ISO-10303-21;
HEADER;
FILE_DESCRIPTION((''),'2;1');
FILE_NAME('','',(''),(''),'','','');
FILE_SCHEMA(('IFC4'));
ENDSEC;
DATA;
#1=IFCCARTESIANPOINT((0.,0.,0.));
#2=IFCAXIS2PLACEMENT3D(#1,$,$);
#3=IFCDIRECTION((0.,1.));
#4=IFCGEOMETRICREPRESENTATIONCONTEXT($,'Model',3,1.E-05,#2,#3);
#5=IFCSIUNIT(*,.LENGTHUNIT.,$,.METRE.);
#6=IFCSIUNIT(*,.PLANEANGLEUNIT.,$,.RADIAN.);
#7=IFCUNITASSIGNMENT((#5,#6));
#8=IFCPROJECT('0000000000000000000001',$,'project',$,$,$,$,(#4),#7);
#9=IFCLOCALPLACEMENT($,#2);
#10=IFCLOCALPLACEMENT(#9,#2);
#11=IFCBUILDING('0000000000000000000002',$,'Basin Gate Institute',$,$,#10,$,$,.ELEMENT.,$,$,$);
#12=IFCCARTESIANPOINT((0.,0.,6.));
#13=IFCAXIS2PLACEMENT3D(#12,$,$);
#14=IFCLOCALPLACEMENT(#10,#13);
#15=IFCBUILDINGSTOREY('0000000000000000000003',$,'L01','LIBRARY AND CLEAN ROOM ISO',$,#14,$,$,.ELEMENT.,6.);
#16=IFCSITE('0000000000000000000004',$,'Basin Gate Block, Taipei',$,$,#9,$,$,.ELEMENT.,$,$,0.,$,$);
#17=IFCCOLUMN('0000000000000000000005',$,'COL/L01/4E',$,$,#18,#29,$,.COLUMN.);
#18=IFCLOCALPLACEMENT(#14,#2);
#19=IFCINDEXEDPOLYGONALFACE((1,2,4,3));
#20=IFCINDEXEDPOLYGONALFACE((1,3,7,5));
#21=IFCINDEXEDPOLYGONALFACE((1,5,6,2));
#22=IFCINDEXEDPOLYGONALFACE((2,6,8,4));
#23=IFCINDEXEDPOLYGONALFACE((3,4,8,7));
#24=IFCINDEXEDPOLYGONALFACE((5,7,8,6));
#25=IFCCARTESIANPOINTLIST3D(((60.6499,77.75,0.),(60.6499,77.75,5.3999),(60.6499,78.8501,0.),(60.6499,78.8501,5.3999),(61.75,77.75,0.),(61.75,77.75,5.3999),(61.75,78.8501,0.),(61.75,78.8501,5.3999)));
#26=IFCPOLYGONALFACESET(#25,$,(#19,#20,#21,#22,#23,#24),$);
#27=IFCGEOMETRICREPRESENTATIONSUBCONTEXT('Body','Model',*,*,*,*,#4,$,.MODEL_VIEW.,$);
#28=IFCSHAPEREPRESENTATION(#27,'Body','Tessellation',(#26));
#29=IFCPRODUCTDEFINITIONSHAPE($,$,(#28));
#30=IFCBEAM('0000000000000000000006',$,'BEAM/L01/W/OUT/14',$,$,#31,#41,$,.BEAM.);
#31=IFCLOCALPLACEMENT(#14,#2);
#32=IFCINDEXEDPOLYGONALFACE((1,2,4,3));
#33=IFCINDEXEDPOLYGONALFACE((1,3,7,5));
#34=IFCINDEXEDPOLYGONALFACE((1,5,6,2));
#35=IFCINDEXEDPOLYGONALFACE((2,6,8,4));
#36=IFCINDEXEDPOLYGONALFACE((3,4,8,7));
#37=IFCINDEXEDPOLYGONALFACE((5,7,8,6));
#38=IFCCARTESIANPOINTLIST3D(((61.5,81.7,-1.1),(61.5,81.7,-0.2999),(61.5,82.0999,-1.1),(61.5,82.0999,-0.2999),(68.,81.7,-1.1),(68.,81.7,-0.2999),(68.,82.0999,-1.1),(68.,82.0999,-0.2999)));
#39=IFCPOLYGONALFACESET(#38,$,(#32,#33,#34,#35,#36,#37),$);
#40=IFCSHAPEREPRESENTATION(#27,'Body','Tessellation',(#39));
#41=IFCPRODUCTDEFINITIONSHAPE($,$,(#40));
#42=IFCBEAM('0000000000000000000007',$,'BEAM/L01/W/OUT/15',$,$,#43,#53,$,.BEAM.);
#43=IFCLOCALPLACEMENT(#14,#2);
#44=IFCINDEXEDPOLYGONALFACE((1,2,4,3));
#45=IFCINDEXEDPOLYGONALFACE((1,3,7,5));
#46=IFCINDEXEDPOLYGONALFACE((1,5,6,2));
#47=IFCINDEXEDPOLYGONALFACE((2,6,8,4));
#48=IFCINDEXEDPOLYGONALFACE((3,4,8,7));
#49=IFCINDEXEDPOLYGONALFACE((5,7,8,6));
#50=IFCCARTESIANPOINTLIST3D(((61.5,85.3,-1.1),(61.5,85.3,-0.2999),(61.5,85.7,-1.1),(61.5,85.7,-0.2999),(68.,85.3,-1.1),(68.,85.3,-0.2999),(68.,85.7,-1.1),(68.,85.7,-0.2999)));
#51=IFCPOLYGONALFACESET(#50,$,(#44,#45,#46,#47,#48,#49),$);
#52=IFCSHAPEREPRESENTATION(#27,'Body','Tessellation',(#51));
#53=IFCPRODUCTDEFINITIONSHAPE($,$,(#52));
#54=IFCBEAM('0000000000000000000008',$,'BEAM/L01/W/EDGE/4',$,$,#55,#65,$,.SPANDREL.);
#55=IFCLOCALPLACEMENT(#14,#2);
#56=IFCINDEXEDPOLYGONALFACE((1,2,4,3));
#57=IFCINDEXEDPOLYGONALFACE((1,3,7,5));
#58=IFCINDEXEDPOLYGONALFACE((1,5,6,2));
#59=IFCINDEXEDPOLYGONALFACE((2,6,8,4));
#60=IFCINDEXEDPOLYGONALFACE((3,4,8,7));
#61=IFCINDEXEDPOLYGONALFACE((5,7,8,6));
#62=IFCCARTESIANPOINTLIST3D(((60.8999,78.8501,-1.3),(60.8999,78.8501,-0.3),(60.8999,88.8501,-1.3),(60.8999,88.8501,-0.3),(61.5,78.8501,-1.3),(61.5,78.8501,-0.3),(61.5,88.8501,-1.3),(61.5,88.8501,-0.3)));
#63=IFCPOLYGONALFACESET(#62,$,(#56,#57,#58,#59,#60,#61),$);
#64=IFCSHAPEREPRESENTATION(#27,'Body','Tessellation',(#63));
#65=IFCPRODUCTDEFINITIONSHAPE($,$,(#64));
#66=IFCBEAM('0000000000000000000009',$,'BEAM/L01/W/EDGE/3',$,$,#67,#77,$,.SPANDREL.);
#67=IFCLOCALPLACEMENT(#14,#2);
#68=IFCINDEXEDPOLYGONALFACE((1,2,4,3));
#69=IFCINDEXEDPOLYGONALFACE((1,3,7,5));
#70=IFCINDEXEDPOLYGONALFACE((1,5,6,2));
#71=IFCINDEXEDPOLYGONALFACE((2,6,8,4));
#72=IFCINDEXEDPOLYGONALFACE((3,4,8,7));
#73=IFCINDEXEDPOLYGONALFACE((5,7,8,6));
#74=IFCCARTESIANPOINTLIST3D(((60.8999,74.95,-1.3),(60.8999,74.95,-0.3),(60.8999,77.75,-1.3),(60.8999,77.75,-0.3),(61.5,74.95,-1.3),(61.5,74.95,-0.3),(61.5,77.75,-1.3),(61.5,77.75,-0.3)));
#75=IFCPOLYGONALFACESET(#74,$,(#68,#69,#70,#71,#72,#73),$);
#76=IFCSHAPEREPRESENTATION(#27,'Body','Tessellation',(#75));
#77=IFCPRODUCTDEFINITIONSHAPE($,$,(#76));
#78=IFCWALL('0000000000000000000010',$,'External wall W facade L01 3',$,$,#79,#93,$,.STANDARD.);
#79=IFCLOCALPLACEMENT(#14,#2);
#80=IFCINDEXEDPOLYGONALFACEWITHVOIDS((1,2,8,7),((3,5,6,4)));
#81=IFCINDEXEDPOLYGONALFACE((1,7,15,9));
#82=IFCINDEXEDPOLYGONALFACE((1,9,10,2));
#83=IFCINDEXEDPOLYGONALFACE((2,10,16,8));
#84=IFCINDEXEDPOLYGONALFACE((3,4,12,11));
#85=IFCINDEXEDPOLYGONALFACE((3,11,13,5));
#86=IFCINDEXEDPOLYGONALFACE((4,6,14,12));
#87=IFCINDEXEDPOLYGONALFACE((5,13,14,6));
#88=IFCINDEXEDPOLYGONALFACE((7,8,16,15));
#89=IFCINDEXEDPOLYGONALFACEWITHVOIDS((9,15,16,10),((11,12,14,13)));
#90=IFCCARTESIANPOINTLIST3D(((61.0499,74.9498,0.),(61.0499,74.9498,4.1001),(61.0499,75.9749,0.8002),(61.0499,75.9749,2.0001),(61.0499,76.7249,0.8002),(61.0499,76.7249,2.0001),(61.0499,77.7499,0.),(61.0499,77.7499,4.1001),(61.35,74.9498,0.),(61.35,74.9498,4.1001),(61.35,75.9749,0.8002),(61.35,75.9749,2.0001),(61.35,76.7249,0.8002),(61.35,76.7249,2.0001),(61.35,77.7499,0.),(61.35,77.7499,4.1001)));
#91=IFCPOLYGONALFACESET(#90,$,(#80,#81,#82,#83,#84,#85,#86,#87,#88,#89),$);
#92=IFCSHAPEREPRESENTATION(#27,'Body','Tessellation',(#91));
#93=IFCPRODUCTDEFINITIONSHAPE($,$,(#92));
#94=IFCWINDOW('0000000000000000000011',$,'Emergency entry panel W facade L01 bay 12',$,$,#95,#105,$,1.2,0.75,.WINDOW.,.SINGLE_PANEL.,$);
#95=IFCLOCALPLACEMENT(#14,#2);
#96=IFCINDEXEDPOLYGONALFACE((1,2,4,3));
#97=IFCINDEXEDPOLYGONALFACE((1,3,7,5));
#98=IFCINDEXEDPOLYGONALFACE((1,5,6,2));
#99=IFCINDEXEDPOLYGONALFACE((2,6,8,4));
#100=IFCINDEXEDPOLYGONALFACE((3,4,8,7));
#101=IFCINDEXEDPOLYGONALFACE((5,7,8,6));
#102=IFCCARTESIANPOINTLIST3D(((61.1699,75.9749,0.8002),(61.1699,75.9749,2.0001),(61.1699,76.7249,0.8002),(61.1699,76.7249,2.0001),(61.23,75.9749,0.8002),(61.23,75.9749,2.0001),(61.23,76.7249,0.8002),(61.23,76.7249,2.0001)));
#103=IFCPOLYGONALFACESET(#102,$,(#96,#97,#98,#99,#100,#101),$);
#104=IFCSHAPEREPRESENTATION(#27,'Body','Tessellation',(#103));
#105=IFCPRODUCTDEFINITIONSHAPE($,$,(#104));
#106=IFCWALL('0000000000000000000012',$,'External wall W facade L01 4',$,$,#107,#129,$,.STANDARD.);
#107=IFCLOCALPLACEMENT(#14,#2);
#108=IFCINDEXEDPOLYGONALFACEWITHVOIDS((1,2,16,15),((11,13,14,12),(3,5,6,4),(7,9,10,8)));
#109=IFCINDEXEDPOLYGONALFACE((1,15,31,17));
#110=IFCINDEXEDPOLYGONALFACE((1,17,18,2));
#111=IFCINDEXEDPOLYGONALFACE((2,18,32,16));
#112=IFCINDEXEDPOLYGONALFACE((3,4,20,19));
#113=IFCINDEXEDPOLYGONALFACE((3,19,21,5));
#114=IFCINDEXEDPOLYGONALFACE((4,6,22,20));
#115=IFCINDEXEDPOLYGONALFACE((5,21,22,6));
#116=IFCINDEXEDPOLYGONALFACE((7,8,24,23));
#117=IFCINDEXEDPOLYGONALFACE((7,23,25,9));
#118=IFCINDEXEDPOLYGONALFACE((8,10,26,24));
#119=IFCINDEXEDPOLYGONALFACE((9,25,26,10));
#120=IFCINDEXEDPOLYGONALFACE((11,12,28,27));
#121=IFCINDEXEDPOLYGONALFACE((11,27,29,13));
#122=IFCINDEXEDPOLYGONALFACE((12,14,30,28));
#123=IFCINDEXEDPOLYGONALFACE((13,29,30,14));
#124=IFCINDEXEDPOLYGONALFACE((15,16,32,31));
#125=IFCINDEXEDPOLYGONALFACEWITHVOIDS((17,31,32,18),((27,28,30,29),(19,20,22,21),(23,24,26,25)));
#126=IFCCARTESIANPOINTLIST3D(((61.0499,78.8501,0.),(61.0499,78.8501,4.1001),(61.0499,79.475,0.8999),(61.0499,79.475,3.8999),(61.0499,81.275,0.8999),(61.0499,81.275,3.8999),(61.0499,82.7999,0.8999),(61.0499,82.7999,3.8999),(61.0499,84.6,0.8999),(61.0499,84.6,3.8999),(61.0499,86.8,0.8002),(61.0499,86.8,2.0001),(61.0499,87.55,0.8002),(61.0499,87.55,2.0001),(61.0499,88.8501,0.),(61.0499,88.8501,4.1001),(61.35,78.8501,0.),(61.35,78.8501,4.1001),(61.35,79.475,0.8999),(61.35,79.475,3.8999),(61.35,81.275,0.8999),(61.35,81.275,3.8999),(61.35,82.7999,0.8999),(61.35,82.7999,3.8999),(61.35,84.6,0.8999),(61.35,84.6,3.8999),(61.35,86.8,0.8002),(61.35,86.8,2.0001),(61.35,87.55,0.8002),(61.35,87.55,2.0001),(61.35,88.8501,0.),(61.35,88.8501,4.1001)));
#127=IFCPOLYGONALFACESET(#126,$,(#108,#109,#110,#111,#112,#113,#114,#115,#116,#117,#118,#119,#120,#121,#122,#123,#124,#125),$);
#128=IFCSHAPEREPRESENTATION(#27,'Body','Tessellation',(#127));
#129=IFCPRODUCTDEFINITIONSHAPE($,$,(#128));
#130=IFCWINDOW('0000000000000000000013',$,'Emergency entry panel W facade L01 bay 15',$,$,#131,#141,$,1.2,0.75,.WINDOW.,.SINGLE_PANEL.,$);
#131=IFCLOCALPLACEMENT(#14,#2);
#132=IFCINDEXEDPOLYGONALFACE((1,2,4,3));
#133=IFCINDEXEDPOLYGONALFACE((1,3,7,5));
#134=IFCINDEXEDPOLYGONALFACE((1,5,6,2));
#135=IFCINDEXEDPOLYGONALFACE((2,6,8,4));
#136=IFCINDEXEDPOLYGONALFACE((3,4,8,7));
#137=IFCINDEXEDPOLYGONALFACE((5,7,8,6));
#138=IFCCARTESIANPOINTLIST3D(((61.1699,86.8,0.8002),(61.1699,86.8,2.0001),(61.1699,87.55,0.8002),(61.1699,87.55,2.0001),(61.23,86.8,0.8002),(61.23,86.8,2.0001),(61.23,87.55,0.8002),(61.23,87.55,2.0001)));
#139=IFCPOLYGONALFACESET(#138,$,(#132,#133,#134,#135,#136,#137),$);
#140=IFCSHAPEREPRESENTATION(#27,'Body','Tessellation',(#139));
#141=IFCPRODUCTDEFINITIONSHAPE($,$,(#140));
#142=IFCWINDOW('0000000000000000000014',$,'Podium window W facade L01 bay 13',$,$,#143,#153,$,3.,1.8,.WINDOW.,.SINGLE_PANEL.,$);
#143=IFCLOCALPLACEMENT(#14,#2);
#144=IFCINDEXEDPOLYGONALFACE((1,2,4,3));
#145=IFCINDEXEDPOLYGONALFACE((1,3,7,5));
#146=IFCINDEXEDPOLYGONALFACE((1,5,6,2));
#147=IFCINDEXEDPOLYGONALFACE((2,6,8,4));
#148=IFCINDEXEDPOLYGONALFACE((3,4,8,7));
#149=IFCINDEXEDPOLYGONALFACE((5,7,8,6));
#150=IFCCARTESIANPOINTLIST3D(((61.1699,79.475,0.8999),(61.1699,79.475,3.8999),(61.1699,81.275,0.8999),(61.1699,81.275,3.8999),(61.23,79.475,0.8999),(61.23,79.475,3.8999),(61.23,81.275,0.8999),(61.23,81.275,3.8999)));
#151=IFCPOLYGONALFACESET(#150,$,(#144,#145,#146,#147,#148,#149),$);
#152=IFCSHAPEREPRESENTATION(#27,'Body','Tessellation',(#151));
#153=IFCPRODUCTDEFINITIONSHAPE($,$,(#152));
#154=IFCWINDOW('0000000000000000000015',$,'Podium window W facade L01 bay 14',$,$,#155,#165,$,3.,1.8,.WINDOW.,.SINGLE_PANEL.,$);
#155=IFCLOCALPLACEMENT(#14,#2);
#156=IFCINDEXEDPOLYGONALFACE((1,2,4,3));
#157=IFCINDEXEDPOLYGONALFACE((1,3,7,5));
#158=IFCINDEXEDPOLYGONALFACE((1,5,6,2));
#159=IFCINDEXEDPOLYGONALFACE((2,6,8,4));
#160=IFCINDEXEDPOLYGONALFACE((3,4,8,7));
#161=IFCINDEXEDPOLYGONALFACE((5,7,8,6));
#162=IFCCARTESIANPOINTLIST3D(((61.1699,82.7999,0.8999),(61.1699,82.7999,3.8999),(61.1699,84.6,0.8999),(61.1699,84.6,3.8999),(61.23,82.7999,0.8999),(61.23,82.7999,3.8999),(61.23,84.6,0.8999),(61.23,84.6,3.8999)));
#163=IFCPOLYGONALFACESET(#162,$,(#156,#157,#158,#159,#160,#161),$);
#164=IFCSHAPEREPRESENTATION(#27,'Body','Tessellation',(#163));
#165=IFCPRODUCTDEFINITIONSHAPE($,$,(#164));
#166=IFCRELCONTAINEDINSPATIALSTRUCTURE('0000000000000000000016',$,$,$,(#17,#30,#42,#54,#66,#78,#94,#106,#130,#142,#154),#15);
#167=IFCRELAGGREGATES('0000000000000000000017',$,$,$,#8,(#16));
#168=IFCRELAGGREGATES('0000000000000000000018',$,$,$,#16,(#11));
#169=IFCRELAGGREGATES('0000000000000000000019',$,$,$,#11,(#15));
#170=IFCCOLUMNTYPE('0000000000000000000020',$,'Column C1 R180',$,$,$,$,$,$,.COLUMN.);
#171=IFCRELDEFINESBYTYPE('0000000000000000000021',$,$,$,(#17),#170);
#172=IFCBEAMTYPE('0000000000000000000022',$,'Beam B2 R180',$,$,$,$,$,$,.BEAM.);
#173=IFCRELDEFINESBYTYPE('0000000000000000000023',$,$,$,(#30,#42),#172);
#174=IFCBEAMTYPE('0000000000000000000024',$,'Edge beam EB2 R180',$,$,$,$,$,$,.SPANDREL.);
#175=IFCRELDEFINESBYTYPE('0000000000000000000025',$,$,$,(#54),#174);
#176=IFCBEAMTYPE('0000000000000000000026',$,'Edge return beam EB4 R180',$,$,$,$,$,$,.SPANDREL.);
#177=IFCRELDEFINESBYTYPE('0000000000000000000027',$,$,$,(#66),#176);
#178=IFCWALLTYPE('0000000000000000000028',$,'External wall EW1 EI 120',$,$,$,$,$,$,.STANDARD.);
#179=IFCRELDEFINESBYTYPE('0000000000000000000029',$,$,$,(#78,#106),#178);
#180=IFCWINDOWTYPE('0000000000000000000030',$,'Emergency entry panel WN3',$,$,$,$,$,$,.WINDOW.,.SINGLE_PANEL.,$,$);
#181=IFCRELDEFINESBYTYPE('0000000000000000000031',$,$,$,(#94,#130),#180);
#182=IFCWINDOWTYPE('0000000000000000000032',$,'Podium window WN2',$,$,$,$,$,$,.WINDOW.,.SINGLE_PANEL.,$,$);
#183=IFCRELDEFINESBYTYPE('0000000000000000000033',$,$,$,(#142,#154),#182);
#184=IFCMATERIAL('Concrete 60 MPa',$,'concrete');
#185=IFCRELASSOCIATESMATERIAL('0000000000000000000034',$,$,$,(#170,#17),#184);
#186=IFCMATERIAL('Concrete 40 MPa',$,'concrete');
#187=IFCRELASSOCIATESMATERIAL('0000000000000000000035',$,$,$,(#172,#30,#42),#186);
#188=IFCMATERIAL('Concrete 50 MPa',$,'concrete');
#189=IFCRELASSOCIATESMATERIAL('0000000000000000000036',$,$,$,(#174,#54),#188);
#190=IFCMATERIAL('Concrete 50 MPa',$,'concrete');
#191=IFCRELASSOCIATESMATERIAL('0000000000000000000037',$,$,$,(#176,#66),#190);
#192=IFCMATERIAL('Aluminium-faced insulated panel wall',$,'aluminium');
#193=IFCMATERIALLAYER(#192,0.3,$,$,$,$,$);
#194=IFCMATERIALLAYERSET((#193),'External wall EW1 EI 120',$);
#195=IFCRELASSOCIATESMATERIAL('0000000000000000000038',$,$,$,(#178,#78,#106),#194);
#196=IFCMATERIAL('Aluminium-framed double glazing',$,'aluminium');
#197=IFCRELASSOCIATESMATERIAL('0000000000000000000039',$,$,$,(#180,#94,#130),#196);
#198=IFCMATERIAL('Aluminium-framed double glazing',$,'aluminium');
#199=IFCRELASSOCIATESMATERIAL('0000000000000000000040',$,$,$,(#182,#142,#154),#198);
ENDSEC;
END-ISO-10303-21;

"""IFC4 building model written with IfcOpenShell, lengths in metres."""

from ifc_helpers import new_model, si_unit, direction, frame, frame_2d, origin, origin_2d, place, context, subcontext, project, spatial, rectangle, extrude, material, layer, layer_set, material_profile, profile_set, type_object, element, fill, save


model = new_model("IFC4")

# Units and contexts
model_context = context("Model", 3, precision=1e-05, world=origin(), true_north=direction((0.0, 1.0)))
body_context = subcontext(model_context, "Body", "Model", "MODEL_VIEW")
ifc_project = project(units=[si_unit("LENGTHUNIT", "METRE"), si_unit("PLANEANGLEUNIT", "RADIAN")], contexts=[model_context])

# Site, building, storey
site_placement = place(None, origin())
site = spatial("IfcSite", under=ifc_project, at=site_placement, Name="Basin Gate Block, Taipei", CompositionType="ELEMENT", RefElevation=0.0)
building_placement = place(site_placement, origin())
building = spatial("IfcBuilding", under=site, at=building_placement, Name="Basin Gate Institute", CompositionType="ELEMENT")
storey_placement = place(building_placement, frame((0.0, 0.0, 6.0)))
storey = spatial("IfcBuildingStorey", under=building, at=storey_placement, Name="L01", Description="LIBRARY AND CLEAN ROOM ISO", CompositionType="ELEMENT", Elevation=6.0)

# Column
ifc_material_1 = material(Name="Concrete 60 MPa", Category="concrete")
ifc_material_profile_1 = material_profile(ifc_material_1, rectangle(XDim=1.1001, YDim=1.1001, at=origin_2d()), Name="Column C1 1100 x 1100")
ifc_profile_set_1 = profile_set([ifc_material_profile_1], Name="Concrete 60 MPa")
column_type = type_object("IfcColumnType", Name="Column C1 R180", PredefinedType="COLUMN", material=ifc_profile_set_1)
column_placement = place(storey_placement, frame((61.2, 78.3, 0.0), z_axis=(0.0, 0.0, 1.0), x_axis=(1.0, 0.0, 0.0)))
element("IfcColumn", 1, at=column_placement, inside=storey, type_object=column_type, material=ifc_profile_set_1, Name="COL/L01/4E", PredefinedType="COLUMN", context=body_context, shape_type="SweptSolid", body=[
    extrude(rectangle(XDim=1.1001, YDim=1.1001, at=origin_2d()), origin(), (0.0, 0.0, 1.0), 5.3999),
])

# Beams
ifc_material_2 = material(Name="Concrete 40 MPa", Category="concrete")
ifc_material_profile_2 = material_profile(ifc_material_2, rectangle(XDim=0.3999, YDim=0.8, at=origin_2d()), Name="Beam B2 400 x 800")
ifc_profile_set_2 = profile_set([ifc_material_profile_2], Name="Concrete 40 MPa")
beam_type_1 = type_object("IfcBeamType", Name="Beam B2 R180", PredefinedType="BEAM", material=ifc_profile_set_2)
for number, where, z_axis, x_axis, name in (
    (2, (61.5, 81.8999, -0.7), (1.0, 0.0, 0.0), (0.0, 1.0, 0.0), "BEAM/L01/W/OUT/14"),
    (3, (61.5, 85.5, -0.7), (1.0, 0.0, 0.0), (0.0, 1.0, 0.0), "BEAM/L01/W/OUT/15"),
):
    element("IfcBeam", number, at=place(storey_placement, frame(where, z_axis=z_axis, x_axis=x_axis)), inside=storey, type_object=beam_type_1, material=ifc_profile_set_2, Name=name, PredefinedType="BEAM", context=body_context, shape_type="SweptSolid", body=[
        extrude(rectangle(XDim=0.3999, YDim=0.8, at=origin_2d()), origin(), (0.0, 0.0, 1.0), 6.5),
    ])
ifc_material_3 = material(Name="Concrete 50 MPa", Category="concrete")
ifc_material_profile_3 = material_profile(ifc_material_3, rectangle(XDim=0.6001, YDim=1.0, at=origin_2d()), Name="Edge beam EB2 600 x 1000")
ifc_profile_set_3 = profile_set([ifc_material_profile_3], Name="Concrete 50 MPa")
beam_type_2 = type_object("IfcBeamType", Name="Edge beam EB2 R180", PredefinedType="SPANDREL", material=ifc_profile_set_3)
beam_1_placement = place(storey_placement, frame((61.2, 78.8501, -0.8), z_axis=(0.0, 1.0, 0.0), x_axis=(-1.0, 0.0, 0.0)))
element("IfcBeam", 4, at=beam_1_placement, inside=storey, type_object=beam_type_2, material=ifc_profile_set_3, Name="BEAM/L01/W/EDGE/4", PredefinedType="SPANDREL", context=body_context, shape_type="SweptSolid", body=[
    extrude(rectangle(XDim=0.6001, YDim=1.0, at=origin_2d()), origin(), (0.0, 0.0, 1.0), 10.0),
])
ifc_material_4 = material(Name="Concrete 50 MPa", Category="concrete")
ifc_material_profile_4 = material_profile(ifc_material_4, rectangle(XDim=0.6001, YDim=1.0, at=origin_2d()), Name="Edge return beam EB4 600 x 1000")
ifc_profile_set_4 = profile_set([ifc_material_profile_4], Name="Concrete 50 MPa")
beam_type_3 = type_object("IfcBeamType", Name="Edge return beam EB4 R180", PredefinedType="SPANDREL", material=ifc_profile_set_4)
beam_2_placement = place(storey_placement, frame((61.2, 74.95, -0.8), z_axis=(0.0, 1.0, 0.0), x_axis=(-1.0, 0.0, 0.0)))
element("IfcBeam", 5, at=beam_2_placement, inside=storey, type_object=beam_type_3, material=ifc_profile_set_4, Name="BEAM/L01/W/EDGE/3", PredefinedType="SPANDREL", context=body_context, shape_type="SweptSolid", body=[
    extrude(rectangle(XDim=0.6001, YDim=1.0, at=origin_2d()), origin(), (0.0, 0.0, 1.0), 2.8),
])

# Wall, opening, window
ifc_material_5 = material(Name="Aluminium-faced insulated panel wall", Category="aluminium")
ifc_layer_1 = layer(ifc_material_5, 0.3)
ifc_layer_set_1 = layer_set([ifc_layer_1], Name="External wall EW1 EI 120")
wall_type_1 = type_object("IfcWallType", Name="External wall EW1 EI 120", PredefinedType="STANDARD", material=ifc_layer_set_1)
wall_1_placement = place(storey_placement, frame((61.2, 74.95, 0.0), z_axis=(0.0, 0.0, 1.0), x_axis=(0.0, 1.0, 0.0)))
wall_1 = element("IfcWall", 6, at=wall_1_placement, inside=storey, type_object=wall_type_1, material=ifc_layer_set_1, Name="External wall W facade L01 3", PredefinedType="STANDARD", context=body_context, shape_type="SweptSolid", body=[
    extrude(rectangle(XDim=2.8, YDim=0.3, at=frame_2d((1.3999, 0.0))), origin(), (0.0, 0.0, 1.0), 4.1001),
])
opening_1_placement = place(wall_1_placement, frame((1.0249, 0.0, 0.8)))
opening_1 = element("IfcOpeningElement", 7, at=opening_1_placement, cuts=wall_1, PredefinedType="OPENING", context=body_context, shape_type="SweptSolid", body=[
    extrude(rectangle(XDim=0.75, YDim=1.2, at=frame_2d((0.375, 0.6001))), frame((0.0, 0.1602, 0.0), z_axis=(0.0, -1.0, 0.0), x_axis=(1.0, 0.0, 0.0)), (0.0, 0.0, 1.0), 0.3201),
])
ifc_material_6 = material(Name="Aluminium-framed double glazing", Category="aluminium")
window_type_1 = type_object("IfcWindowType", Name="Emergency entry panel WN3", PartitioningType="SINGLE_PANEL", PredefinedType="WINDOW", material=ifc_material_6)
window_1_placement = place(opening_1_placement, origin())
window_1 = element("IfcWindow", 8, at=window_1_placement, inside=storey, type_object=window_type_1, material=ifc_material_6, Name="Emergency entry panel W facade L01 bay 12", OverallHeight=1.2, OverallWidth=0.75, PartitioningType="SINGLE_PANEL", PredefinedType="WINDOW", context=body_context, shape_type="SweptSolid", body=[
    extrude(rectangle(XDim=0.75, YDim=1.2, at=frame_2d((0.375, 0.6001))), frame((0.0, 0.03, 0.0), z_axis=(0.0, -1.0, 0.0), x_axis=(1.0, 0.0, 0.0)), (0.0, 0.0, 1.0), 0.0601),
])
fill(opening_1, window_1)

# Wall, openings, windows
wall_2_placement = place(storey_placement, frame((61.2, 78.8501, 0.0), z_axis=(0.0, 0.0, 1.0), x_axis=(0.0, 1.0, 0.0)))
wall_2 = element("IfcWall", 9, at=wall_2_placement, inside=storey, type_object=wall_type_1, material=ifc_layer_set_1, Name="External wall W facade L01 4", PredefinedType="STANDARD", context=body_context, shape_type="SweptSolid", body=[
    extrude(rectangle(XDim=10.0, YDim=0.3, at=frame_2d((5.0, 0.0))), origin(), (0.0, 0.0, 1.0), 4.1001),
])
opening_2_placement = place(wall_2_placement, frame((0.625, 0.0, 0.8999)))
opening_2 = element("IfcOpeningElement", 10, at=opening_2_placement, cuts=wall_2, PredefinedType="OPENING", context=body_context, shape_type="SweptSolid", body=[
    extrude(rectangle(XDim=1.8, YDim=3.0, at=frame_2d((0.8999, 1.5))), frame((0.0, 0.1602, 0.0), z_axis=(0.0, -1.0, 0.0), x_axis=(1.0, 0.0, 0.0)), (0.0, 0.0, 1.0), 0.3201),
])
opening_3_placement = place(wall_2_placement, frame((3.95, 0.0, 0.8999)))
opening_3 = element("IfcOpeningElement", 11, at=opening_3_placement, cuts=wall_2, PredefinedType="OPENING", context=body_context, shape_type="SweptSolid", body=[
    extrude(rectangle(XDim=1.8, YDim=3.0, at=frame_2d((0.8999, 1.5))), frame((0.0, 0.1602, 0.0), z_axis=(0.0, -1.0, 0.0), x_axis=(1.0, 0.0, 0.0)), (0.0, 0.0, 1.0), 0.3201),
])
opening_4_placement = place(wall_2_placement, frame((7.95, 0.0, 0.8)))
opening_4 = element("IfcOpeningElement", 12, at=opening_4_placement, cuts=wall_2, PredefinedType="OPENING", context=body_context, shape_type="SweptSolid", body=[
    extrude(rectangle(XDim=0.75, YDim=1.2, at=frame_2d((0.375, 0.6001))), frame((0.0, 0.1602, 0.0), z_axis=(0.0, -1.0, 0.0), x_axis=(1.0, 0.0, 0.0)), (0.0, 0.0, 1.0), 0.3201),
])
window_2_placement = place(opening_4_placement, origin())
window_2 = element("IfcWindow", 13, at=window_2_placement, inside=storey, type_object=window_type_1, material=ifc_material_6, Name="Emergency entry panel W facade L01 bay 15", OverallHeight=1.2, OverallWidth=0.75, PartitioningType="SINGLE_PANEL", PredefinedType="WINDOW", context=body_context, shape_type="SweptSolid", body=[
    extrude(rectangle(XDim=0.75, YDim=1.2, at=frame_2d((0.375, 0.6001))), frame((0.0, 0.03, 0.0), z_axis=(0.0, -1.0, 0.0), x_axis=(1.0, 0.0, 0.0)), (0.0, 0.0, 1.0), 0.0601),
])
fill(opening_4, window_2)
ifc_material_7 = material(Name="Aluminium-framed double glazing", Category="aluminium")
window_type_2 = type_object("IfcWindowType", Name="Podium window WN2", PartitioningType="SINGLE_PANEL", PredefinedType="WINDOW", material=ifc_material_7)
window_3_placement = place(opening_2_placement, origin())
window_3 = element("IfcWindow", 14, at=window_3_placement, inside=storey, type_object=window_type_2, material=ifc_material_7, Name="Podium window W facade L01 bay 13", OverallHeight=3.0, OverallWidth=1.8, PartitioningType="SINGLE_PANEL", PredefinedType="WINDOW", context=body_context, shape_type="SweptSolid", body=[
    extrude(rectangle(XDim=1.8, YDim=3.0, at=frame_2d((0.8999, 1.5))), frame((0.0, 0.03, 0.0), z_axis=(0.0, -1.0, 0.0), x_axis=(1.0, 0.0, 0.0)), (0.0, 0.0, 1.0), 0.0601),
])
fill(opening_2, window_3)
window_4_placement = place(opening_3_placement, origin())
window_4 = element("IfcWindow", 15, at=window_4_placement, inside=storey, type_object=window_type_2, material=ifc_material_7, Name="Podium window W facade L01 bay 14", OverallHeight=3.0, OverallWidth=1.8, PartitioningType="SINGLE_PANEL", PredefinedType="WINDOW", context=body_context, shape_type="SweptSolid", body=[
    extrude(rectangle(XDim=1.8, YDim=3.0, at=frame_2d((0.8999, 1.5))), frame((0.0, 0.03, 0.0), z_axis=(0.0, -1.0, 0.0), x_axis=(1.0, 0.0, 0.0)), (0.0, 0.0, 1.0), 0.0601),
])
fill(opening_3, window_4)

save(model, "model.ifc")
